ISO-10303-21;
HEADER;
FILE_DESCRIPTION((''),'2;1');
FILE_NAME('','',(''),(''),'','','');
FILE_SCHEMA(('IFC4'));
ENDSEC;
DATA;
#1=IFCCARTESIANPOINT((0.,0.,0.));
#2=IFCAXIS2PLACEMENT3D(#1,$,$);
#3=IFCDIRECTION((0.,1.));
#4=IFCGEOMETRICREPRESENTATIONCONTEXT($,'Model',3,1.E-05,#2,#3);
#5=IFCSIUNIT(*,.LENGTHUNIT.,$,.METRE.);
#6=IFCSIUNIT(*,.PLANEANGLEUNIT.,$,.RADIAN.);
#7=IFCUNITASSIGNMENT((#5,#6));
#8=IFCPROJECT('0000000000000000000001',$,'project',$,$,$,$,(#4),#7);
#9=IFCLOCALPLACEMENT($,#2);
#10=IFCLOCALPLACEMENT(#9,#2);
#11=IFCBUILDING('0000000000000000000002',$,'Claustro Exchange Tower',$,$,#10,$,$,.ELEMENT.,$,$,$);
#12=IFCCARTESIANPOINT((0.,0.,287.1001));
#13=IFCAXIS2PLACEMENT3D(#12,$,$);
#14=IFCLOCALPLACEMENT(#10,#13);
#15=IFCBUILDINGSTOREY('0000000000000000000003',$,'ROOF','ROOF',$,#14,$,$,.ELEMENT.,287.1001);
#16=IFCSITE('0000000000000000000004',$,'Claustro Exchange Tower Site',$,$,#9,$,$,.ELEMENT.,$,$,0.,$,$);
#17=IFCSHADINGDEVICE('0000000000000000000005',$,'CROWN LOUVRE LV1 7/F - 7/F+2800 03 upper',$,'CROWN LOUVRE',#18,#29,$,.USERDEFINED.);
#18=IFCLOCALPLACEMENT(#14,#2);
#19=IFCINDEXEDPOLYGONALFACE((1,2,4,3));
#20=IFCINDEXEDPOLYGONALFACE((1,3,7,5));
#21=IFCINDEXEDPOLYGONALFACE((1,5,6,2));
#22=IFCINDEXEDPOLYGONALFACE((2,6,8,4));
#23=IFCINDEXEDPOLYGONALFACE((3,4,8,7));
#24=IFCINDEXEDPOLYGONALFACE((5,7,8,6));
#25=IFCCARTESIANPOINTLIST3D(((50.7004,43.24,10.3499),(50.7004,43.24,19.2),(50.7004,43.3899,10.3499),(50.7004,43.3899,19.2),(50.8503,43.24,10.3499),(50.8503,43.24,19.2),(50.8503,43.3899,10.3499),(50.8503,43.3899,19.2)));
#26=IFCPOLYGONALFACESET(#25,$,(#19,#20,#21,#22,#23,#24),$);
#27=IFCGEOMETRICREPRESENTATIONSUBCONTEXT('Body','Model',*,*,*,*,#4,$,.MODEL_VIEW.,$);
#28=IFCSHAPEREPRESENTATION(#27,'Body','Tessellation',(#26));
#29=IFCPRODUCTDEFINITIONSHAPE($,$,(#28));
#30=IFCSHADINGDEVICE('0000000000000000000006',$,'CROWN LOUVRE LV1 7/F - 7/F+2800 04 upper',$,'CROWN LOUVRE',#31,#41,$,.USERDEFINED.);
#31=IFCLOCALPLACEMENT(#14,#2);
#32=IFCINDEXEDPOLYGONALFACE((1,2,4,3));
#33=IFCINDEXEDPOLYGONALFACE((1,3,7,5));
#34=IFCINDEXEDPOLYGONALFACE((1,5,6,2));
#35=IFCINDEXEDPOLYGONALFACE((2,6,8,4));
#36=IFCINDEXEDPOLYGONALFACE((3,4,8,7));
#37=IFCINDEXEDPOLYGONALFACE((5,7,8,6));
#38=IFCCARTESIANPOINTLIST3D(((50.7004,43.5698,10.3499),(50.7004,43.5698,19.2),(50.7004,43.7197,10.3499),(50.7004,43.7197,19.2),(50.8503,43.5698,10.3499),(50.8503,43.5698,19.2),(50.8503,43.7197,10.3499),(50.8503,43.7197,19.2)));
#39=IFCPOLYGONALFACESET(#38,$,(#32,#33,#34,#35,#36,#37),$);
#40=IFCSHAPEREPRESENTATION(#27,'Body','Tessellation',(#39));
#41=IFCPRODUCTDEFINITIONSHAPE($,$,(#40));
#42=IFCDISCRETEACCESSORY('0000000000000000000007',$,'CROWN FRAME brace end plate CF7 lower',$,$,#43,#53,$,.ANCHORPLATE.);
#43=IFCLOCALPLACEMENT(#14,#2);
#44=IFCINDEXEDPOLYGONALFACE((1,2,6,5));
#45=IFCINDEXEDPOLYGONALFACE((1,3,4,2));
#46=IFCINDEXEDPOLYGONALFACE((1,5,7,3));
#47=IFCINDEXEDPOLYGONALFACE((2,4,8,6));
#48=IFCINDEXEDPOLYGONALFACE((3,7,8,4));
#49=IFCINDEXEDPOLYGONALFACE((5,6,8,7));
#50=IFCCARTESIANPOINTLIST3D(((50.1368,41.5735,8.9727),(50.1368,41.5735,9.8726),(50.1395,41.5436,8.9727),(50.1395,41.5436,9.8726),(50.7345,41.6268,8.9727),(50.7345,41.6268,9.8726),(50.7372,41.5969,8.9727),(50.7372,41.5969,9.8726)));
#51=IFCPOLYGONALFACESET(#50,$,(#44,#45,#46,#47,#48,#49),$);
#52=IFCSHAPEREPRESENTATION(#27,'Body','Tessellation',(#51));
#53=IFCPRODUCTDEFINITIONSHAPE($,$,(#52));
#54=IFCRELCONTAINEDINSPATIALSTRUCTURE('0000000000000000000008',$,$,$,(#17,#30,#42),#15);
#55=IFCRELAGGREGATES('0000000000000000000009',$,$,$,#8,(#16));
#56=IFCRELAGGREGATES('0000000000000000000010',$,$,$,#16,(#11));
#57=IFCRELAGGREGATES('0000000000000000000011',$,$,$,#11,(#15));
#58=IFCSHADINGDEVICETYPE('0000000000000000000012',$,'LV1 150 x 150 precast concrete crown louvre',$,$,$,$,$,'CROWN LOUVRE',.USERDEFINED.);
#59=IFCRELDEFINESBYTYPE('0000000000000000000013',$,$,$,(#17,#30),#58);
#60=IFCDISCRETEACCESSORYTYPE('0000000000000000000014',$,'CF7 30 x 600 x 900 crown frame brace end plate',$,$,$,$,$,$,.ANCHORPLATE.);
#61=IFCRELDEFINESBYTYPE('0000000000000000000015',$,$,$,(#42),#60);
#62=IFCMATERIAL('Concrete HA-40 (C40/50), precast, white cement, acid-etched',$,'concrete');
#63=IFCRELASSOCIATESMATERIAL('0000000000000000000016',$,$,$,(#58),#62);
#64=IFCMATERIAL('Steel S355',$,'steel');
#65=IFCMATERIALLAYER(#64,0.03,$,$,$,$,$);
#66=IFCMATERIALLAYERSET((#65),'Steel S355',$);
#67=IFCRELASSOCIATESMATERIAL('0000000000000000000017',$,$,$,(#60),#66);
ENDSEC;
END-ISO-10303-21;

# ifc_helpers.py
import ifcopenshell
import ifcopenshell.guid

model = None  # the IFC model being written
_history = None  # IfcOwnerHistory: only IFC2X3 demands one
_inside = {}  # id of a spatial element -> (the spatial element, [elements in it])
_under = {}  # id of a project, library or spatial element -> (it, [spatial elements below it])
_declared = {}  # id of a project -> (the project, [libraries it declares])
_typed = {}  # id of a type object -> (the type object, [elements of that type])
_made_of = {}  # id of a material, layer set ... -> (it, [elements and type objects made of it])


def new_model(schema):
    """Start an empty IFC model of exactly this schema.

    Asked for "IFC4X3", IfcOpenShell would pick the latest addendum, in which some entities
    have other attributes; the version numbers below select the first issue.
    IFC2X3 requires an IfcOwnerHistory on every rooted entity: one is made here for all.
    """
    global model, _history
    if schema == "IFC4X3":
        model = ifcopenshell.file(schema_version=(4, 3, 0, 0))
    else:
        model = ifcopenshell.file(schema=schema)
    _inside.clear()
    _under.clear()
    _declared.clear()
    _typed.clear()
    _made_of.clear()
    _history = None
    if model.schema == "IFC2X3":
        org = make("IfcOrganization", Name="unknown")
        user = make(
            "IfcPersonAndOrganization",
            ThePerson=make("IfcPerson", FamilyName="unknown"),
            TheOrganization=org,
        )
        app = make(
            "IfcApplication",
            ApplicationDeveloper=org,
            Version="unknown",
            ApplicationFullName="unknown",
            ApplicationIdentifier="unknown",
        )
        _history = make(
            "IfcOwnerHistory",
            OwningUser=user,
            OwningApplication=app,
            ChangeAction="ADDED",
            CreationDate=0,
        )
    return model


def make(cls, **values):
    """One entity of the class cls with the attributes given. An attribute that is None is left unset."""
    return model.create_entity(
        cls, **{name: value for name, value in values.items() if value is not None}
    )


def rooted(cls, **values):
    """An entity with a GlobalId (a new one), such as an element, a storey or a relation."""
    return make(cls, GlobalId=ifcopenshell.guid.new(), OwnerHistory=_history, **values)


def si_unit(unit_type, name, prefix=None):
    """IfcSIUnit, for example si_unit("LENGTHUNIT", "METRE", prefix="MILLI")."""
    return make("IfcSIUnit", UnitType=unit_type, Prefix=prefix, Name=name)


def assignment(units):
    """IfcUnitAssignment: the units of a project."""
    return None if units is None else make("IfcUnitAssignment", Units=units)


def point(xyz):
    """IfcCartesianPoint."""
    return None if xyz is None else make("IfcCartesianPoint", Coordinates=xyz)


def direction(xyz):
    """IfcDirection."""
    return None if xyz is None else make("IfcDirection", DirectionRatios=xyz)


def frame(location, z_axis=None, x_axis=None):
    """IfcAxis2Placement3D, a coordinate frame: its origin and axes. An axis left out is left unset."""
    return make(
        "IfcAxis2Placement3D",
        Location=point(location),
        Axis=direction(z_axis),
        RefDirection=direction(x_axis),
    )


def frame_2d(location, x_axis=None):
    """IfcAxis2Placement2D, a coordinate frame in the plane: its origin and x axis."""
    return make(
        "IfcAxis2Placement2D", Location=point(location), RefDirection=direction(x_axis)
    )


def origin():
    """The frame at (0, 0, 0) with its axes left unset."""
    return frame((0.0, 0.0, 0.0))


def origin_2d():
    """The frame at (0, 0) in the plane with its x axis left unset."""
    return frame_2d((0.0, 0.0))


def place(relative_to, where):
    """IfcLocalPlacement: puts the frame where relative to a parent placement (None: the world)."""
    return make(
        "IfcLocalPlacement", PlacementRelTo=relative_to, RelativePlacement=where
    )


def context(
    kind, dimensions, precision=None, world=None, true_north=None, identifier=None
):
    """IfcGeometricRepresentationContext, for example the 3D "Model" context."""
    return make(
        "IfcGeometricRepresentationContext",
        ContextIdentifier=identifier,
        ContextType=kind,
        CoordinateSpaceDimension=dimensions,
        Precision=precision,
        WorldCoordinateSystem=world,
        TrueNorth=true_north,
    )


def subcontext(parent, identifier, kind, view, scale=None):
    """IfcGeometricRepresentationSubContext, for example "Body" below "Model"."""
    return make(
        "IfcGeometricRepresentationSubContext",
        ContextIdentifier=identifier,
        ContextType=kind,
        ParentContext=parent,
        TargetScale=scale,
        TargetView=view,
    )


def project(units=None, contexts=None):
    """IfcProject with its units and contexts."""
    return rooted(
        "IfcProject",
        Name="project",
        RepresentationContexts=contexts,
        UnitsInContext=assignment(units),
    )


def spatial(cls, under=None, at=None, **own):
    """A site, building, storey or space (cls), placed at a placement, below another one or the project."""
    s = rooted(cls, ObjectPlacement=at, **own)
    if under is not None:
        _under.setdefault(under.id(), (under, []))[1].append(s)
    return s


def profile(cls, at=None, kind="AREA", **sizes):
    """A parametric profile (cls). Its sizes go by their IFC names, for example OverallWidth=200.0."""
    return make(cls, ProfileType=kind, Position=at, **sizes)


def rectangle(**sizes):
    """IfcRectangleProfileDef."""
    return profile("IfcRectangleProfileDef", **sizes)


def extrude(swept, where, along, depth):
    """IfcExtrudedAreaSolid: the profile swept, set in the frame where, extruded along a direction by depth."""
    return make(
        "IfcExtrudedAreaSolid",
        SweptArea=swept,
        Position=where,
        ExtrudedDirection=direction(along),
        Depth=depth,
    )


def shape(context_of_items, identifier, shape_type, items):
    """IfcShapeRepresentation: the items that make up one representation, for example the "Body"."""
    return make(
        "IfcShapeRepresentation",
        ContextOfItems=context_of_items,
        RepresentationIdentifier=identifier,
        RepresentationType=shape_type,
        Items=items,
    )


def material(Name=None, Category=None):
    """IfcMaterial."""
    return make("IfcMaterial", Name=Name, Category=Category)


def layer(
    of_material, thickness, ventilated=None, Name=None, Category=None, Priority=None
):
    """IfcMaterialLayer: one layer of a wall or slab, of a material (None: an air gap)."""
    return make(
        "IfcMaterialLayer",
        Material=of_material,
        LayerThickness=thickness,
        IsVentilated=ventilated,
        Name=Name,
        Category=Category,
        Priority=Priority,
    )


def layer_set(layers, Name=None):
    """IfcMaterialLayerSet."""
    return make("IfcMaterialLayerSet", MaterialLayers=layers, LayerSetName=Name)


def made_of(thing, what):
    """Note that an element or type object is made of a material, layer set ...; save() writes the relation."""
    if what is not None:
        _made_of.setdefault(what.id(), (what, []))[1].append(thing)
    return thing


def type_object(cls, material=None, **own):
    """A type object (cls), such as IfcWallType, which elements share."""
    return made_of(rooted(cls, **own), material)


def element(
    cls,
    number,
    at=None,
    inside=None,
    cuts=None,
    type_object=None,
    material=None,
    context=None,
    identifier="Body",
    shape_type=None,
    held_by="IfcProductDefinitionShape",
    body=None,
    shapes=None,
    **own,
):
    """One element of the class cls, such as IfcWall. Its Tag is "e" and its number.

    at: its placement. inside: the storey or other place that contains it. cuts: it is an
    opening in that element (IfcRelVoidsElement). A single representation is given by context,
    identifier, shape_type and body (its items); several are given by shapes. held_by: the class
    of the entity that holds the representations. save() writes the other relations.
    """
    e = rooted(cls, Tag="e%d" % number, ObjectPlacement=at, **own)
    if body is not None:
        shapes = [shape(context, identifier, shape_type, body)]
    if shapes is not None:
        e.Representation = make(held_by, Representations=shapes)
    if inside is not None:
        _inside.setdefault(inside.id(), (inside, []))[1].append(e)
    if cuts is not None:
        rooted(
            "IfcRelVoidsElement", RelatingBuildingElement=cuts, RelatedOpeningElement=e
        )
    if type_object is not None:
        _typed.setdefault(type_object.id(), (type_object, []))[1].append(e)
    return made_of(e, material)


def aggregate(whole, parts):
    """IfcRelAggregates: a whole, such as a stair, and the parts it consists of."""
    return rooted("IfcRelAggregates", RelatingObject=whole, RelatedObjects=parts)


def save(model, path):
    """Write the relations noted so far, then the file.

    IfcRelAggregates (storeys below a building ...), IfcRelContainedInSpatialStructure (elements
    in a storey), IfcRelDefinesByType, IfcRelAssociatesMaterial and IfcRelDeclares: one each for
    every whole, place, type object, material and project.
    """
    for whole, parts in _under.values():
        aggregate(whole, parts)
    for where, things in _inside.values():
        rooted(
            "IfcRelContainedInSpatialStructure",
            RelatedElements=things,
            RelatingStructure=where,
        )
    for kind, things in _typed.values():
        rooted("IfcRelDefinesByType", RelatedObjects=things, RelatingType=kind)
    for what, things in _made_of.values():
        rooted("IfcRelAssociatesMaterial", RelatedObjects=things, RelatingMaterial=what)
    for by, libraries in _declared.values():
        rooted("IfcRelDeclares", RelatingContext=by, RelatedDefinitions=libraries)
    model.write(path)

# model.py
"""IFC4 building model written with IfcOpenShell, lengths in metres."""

from ifc_helpers import new_model, si_unit, direction, frame, origin, origin_2d, place, context, subcontext, project, spatial, rectangle, extrude, material, layer, layer_set, type_object, element, save


model = new_model("IFC4")

# Units and contexts
model_context = context("Model", 3, precision=1e-05, world=origin(), true_north=direction((0.0, 1.0)))
body_context = subcontext(model_context, "Body", "Model", "MODEL_VIEW")
ifc_project = project(units=[si_unit("LENGTHUNIT", "METRE"), si_unit("PLANEANGLEUNIT", "RADIAN")], contexts=[model_context])

# Site, building, storey
site_placement = place(None, origin())
site = spatial("IfcSite", under=ifc_project, at=site_placement, Name="Claustro Exchange Tower Site", CompositionType="ELEMENT", RefElevation=0.0)
building_placement = place(site_placement, origin())
building = spatial("IfcBuilding", under=site, at=building_placement, Name="Claustro Exchange Tower", CompositionType="ELEMENT")
storey_placement = place(building_placement, frame((0.0, 0.0, 287.1001)))
storey = spatial("IfcBuildingStorey", under=building, at=storey_placement, Name="ROOF", Description="ROOF", CompositionType="ELEMENT", Elevation=287.1001)

# Shading devices
ifc_material_1 = material(Name="Concrete HA-40 (C40/50), precast, white cement, acid-etched", Category="concrete")
shading_device_type = type_object("IfcShadingDeviceType", Name="LV1 150 x 150 precast concrete crown louvre", ElementType="CROWN LOUVRE", PredefinedType="USERDEFINED", material=ifc_material_1)
for number, where, z_axis, x_axis, name in (
    (1, (50.7754, 43.3149, 10.3499), (0.0, 0.0, 1.0), (0.0, 1.0, 0.0), "CROWN LOUVRE LV1 7/F - 7/F+2800 03 upper"),
    (2, (50.7754, 43.6448, 10.3499), (0.0, 0.0, 1.0), (0.0, 1.0, 0.0), "CROWN LOUVRE LV1 7/F - 7/F+2800 04 upper"),
):
    element("IfcShadingDevice", number, at=place(storey_placement, frame(where, z_axis=z_axis, x_axis=x_axis)), inside=storey, type_object=shading_device_type, Name=name, ObjectType="CROWN LOUVRE", PredefinedType="USERDEFINED", context=body_context, shape_type="SweptSolid", body=[
        extrude(rectangle(XDim=0.1499, YDim=0.1499, at=origin_2d()), origin(), (0.0, 0.0, 1.0), 8.8501),
    ])

# Discrete accessory
ifc_material_2 = material(Name="Steel S355", Category="steel")
ifc_layer = layer(ifc_material_2, 0.03)
ifc_layer_set = layer_set([ifc_layer], Name="Steel S355")
discrete_accessory_type = type_object("IfcDiscreteAccessoryType", Name="CF7 30 x 600 x 900 crown frame brace end plate", PredefinedType="ANCHORPLATE", material=ifc_layer_set)
discrete_accessory_placement = place(storey_placement, frame((50.437, 41.5852, 8.9727), z_axis=(0.0, 0.0, 1.0), x_axis=(-0.088933, 0.996038, 0.0)))
element("IfcDiscreteAccessory", 3, at=discrete_accessory_placement, inside=storey, type_object=discrete_accessory_type, Name="CROWN FRAME brace end plate CF7 lower", PredefinedType="ANCHORPLATE", context=body_context, shape_type="SweptSolid", body=[
    extrude(rectangle(XDim=0.03, YDim=0.6001, at=origin_2d()), origin(), (0.0, 0.0, 1.0), 0.8999),
])

save(model, "model.ifc")
